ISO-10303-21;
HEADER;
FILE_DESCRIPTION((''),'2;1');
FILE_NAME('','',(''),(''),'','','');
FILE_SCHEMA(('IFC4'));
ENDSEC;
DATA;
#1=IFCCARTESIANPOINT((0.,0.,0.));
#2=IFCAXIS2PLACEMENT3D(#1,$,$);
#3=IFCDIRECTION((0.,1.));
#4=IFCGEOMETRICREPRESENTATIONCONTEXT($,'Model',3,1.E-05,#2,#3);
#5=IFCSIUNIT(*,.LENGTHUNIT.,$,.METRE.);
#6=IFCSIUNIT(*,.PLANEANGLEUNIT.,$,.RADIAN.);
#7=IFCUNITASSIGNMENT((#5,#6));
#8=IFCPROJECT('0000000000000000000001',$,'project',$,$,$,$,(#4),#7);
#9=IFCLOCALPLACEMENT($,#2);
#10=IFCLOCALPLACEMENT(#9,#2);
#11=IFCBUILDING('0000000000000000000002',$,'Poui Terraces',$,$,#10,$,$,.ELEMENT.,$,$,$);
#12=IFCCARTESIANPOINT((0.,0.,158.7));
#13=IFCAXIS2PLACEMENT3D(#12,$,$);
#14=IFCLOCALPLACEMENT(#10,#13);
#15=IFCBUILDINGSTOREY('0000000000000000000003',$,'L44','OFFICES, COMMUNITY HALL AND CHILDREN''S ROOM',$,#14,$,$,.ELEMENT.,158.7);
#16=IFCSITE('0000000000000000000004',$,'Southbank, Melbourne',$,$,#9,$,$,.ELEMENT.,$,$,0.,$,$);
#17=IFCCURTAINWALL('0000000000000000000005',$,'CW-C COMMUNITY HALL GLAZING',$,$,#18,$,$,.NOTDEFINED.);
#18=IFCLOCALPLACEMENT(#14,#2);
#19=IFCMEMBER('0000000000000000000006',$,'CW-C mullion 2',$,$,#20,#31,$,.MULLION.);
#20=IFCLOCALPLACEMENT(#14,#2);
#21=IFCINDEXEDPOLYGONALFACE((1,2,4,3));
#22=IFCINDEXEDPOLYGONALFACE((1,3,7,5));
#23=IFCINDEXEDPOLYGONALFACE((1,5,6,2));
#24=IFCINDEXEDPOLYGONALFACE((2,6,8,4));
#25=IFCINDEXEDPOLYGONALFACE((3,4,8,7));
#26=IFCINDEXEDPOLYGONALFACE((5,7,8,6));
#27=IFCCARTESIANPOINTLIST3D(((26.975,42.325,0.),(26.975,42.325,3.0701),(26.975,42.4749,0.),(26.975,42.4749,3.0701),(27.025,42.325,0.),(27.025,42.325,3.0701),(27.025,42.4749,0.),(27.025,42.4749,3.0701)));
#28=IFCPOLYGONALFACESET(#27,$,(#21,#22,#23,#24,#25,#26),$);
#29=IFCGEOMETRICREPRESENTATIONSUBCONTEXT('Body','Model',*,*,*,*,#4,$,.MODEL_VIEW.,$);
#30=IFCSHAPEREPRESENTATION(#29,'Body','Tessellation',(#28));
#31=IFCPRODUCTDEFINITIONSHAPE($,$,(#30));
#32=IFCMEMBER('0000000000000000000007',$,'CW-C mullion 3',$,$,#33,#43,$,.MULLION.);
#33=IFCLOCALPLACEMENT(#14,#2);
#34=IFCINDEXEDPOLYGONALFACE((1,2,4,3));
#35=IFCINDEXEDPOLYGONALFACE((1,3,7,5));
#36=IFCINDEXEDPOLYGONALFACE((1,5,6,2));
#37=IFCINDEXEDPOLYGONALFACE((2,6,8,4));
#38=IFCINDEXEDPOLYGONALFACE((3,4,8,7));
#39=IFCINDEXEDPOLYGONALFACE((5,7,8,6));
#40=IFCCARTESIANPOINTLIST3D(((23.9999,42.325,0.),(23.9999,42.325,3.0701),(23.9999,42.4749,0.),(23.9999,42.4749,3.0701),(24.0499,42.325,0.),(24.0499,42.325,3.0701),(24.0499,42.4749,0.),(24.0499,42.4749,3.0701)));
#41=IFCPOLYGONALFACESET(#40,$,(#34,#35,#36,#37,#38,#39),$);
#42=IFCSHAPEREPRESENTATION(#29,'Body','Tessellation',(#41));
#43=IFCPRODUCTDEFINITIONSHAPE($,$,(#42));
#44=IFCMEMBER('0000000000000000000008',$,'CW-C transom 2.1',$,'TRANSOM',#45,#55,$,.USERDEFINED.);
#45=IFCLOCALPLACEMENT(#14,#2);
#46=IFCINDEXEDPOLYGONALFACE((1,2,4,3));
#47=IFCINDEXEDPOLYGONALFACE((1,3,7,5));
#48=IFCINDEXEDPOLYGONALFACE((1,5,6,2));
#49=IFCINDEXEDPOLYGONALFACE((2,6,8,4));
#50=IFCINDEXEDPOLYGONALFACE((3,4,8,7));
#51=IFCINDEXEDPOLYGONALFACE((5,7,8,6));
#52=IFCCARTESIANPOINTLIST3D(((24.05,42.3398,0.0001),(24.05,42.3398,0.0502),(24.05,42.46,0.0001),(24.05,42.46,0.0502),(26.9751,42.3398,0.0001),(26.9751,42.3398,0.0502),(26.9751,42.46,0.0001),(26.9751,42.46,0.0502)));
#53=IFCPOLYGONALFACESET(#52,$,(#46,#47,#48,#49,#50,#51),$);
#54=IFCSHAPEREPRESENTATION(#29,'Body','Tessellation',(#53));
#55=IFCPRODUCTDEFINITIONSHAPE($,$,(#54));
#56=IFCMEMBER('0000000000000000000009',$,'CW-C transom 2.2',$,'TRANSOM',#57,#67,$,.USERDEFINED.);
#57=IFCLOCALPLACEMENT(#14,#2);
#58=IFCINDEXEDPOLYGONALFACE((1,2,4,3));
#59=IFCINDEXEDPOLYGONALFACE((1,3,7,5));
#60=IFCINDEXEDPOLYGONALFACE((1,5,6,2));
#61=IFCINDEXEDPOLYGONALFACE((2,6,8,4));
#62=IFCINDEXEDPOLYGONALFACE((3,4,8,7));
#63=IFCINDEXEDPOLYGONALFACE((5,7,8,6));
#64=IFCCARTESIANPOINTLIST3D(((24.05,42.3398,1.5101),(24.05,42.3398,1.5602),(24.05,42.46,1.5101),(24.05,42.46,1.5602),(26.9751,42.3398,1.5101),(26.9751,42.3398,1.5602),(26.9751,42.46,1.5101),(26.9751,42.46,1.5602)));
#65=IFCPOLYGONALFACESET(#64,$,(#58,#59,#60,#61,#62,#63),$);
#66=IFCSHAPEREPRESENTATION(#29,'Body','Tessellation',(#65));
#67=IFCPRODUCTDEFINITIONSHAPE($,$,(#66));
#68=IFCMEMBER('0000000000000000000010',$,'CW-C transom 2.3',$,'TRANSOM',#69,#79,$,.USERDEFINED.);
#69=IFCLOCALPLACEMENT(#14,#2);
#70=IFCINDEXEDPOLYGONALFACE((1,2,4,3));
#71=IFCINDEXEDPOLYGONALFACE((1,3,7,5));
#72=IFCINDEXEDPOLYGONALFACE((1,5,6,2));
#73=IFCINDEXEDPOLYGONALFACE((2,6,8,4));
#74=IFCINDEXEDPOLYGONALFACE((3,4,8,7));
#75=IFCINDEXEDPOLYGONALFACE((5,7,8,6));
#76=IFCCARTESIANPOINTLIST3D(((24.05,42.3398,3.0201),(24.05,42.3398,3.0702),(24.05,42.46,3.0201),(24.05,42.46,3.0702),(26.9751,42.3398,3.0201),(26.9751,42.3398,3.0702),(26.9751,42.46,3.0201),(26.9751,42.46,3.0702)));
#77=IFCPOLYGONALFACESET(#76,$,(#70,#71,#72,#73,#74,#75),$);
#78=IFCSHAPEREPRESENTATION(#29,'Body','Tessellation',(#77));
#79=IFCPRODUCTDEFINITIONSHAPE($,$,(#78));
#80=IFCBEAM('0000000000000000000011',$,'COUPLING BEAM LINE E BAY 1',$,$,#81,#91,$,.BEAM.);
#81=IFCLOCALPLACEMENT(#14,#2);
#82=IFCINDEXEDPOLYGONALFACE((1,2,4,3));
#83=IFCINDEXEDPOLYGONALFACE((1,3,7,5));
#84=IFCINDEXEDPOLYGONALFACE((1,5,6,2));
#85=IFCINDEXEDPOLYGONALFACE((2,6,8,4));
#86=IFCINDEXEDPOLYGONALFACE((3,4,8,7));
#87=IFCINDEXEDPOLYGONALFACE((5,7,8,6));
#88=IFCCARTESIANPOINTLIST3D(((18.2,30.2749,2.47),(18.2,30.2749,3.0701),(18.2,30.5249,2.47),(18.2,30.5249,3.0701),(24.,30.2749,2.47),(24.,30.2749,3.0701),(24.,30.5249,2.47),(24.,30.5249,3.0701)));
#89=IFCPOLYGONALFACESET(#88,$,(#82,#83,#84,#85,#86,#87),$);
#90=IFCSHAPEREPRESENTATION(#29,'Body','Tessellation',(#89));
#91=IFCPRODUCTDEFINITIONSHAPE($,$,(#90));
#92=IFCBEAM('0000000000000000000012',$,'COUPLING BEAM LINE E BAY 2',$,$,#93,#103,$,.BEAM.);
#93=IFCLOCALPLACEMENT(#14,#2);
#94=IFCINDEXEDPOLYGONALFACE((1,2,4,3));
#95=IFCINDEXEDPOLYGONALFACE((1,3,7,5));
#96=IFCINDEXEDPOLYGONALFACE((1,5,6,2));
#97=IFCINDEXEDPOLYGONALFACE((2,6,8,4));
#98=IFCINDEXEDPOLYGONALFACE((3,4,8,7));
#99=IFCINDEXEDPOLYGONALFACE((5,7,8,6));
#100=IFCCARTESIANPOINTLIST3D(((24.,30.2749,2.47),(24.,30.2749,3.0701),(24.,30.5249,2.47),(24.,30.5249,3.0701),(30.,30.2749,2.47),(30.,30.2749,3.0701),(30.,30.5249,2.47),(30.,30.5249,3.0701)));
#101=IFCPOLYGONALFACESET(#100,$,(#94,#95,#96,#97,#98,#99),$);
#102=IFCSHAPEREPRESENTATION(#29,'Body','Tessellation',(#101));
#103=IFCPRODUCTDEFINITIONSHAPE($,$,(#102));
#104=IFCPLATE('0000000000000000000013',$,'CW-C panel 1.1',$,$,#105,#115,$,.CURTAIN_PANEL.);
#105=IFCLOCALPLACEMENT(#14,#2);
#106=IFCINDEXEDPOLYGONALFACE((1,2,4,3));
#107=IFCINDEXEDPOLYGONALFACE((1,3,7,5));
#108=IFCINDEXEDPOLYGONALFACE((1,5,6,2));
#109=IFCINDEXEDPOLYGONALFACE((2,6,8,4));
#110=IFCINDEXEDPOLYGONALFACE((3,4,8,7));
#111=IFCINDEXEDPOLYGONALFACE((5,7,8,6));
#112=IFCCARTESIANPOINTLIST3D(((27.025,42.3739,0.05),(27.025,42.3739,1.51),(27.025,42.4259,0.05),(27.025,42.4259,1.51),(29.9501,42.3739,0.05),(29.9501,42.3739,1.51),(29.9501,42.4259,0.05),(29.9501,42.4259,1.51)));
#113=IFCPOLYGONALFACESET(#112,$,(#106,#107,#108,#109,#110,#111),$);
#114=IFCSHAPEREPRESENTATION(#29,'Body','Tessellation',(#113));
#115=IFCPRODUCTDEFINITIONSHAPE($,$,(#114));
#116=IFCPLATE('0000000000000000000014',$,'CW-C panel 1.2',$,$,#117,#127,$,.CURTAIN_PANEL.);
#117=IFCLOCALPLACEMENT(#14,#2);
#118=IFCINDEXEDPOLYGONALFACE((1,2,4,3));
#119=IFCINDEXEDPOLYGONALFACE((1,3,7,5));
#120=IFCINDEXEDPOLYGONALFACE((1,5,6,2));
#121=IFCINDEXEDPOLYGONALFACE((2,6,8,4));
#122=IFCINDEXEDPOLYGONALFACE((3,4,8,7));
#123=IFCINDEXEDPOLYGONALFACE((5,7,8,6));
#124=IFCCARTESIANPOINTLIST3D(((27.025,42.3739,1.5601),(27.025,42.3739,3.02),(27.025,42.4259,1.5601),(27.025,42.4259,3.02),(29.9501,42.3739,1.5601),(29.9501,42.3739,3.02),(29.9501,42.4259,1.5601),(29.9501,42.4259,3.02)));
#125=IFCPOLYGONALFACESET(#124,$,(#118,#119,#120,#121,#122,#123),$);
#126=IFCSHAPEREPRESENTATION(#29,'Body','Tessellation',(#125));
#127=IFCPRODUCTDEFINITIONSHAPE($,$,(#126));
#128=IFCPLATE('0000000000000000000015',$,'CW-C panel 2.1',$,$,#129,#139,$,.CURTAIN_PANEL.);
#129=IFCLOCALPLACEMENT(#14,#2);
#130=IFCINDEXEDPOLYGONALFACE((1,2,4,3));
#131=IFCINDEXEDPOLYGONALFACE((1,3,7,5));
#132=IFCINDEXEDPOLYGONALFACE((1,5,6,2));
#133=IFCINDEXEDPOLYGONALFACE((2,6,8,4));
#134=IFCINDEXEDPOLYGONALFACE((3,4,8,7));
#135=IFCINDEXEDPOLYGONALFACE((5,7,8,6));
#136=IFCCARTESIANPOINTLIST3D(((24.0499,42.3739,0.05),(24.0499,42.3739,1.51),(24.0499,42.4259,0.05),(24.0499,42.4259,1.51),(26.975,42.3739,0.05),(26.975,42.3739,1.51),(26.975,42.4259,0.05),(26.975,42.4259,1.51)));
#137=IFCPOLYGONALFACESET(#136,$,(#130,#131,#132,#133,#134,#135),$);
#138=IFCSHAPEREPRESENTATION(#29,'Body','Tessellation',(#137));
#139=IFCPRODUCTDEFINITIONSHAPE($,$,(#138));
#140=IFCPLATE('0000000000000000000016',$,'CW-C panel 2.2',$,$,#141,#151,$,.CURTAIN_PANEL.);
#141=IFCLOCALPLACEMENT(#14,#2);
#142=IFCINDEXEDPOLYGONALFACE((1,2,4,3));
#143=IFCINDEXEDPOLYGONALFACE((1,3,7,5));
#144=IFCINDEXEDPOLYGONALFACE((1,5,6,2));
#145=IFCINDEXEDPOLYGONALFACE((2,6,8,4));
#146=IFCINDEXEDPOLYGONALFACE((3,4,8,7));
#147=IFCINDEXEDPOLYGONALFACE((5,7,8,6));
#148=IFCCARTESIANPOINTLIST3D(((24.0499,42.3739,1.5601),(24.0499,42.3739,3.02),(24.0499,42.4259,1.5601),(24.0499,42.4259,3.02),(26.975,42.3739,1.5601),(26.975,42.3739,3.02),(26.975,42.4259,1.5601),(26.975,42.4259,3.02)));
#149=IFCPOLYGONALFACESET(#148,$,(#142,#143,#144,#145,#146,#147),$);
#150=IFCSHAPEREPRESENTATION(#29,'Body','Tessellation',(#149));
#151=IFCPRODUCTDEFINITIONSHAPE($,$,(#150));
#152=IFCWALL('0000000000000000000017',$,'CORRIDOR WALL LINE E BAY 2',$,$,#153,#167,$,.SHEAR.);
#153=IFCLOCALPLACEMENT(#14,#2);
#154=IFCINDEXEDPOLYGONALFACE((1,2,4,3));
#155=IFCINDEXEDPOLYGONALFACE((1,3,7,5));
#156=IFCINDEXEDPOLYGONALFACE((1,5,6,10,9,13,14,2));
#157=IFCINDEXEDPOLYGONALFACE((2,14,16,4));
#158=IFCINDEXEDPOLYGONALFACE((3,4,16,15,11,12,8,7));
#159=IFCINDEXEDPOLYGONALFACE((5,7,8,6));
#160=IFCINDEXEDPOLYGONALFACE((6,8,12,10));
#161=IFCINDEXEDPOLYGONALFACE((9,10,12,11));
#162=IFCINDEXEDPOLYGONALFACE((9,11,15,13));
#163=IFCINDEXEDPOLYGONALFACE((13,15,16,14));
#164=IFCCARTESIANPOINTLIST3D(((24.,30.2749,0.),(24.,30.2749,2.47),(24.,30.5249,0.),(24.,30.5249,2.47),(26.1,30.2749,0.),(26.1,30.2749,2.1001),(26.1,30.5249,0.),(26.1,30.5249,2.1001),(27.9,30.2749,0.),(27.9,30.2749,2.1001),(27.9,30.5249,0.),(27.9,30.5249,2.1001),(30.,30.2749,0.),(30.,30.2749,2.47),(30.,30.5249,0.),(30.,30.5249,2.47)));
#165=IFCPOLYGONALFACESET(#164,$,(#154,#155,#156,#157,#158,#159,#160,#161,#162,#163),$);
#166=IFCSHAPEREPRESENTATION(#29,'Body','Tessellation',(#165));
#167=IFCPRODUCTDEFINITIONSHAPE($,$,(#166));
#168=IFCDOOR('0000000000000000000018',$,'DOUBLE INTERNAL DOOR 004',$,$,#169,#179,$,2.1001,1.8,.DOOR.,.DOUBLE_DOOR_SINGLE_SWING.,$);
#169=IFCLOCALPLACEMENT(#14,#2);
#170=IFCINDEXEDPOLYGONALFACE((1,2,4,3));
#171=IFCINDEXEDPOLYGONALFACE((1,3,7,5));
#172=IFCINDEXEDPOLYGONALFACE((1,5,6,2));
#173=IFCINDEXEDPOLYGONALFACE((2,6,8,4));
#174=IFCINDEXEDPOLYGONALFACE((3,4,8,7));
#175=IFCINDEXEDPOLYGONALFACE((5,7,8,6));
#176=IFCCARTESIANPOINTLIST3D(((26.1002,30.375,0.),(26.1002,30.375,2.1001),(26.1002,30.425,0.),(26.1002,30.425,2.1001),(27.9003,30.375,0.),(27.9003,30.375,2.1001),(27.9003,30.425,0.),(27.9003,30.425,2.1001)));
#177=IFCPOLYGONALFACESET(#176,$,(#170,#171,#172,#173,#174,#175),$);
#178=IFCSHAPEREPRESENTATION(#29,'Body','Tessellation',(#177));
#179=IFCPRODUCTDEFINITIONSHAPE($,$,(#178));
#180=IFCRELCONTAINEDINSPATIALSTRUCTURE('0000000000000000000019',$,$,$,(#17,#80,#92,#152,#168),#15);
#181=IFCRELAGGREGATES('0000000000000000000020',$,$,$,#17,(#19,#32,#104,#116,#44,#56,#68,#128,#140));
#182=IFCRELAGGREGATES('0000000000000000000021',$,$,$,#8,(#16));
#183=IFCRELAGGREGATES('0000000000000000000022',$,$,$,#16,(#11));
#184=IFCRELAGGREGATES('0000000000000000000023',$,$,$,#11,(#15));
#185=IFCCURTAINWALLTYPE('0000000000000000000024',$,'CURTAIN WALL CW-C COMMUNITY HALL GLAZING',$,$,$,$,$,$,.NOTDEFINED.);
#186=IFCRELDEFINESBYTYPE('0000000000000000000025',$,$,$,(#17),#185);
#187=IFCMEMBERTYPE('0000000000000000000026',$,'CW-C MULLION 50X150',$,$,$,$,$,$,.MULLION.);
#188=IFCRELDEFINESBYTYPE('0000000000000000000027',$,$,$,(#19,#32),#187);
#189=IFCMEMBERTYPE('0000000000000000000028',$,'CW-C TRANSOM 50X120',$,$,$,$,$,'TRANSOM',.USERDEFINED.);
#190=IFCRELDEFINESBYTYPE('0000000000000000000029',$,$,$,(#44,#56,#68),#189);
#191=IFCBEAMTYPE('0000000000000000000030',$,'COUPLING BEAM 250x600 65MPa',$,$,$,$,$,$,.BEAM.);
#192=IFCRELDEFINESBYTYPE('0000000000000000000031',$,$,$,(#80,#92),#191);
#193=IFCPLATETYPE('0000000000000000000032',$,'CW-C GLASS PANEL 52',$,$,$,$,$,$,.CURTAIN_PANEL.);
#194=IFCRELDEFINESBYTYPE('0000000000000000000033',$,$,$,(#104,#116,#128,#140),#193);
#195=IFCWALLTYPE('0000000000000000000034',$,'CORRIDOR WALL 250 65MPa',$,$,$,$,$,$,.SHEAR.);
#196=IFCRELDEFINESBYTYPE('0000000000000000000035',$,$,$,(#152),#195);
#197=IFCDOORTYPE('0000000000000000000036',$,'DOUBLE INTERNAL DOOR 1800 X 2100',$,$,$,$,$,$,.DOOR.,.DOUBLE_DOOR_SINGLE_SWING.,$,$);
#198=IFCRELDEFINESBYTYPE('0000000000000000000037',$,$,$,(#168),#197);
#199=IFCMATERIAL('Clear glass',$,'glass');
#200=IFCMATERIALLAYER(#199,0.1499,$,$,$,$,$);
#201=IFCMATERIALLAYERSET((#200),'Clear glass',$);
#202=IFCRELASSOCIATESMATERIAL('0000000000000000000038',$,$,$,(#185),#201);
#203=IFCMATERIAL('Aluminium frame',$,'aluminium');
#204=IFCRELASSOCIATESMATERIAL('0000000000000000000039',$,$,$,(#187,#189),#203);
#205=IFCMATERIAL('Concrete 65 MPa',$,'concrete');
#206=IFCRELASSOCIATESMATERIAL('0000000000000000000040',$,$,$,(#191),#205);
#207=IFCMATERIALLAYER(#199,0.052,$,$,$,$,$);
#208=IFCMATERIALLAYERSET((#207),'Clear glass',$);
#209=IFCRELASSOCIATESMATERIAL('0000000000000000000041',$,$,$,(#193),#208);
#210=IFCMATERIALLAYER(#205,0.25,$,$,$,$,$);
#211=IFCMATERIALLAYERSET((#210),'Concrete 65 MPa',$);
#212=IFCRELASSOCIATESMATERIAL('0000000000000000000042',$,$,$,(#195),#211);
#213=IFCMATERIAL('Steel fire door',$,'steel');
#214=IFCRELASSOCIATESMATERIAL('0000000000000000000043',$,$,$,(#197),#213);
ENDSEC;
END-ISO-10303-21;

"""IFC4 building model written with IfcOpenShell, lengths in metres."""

from ifc_helpers import new_model, si_unit, direction, frame, frame_2d, origin, origin_2d, place, context, subcontext, project, spatial, rectangle, extrude, source, transform, mapped, material, layer, layer_set, material_profile, profile_set, type_object, element, fill, aggregate, save


model = new_model("IFC4")

# Units and contexts
model_context = context("Model", 3, precision=1e-05, world=origin(), true_north=direction((0.0, 1.0)))
body_context = subcontext(model_context, "Body", "Model", "MODEL_VIEW")
ifc_project = project(units=[si_unit("LENGTHUNIT", "METRE"), si_unit("PLANEANGLEUNIT", "RADIAN")], contexts=[model_context])

# Site, building, storey
site_placement = place(None, origin())
site = spatial("IfcSite", under=ifc_project, at=site_placement, Name="Southbank, Melbourne", CompositionType="ELEMENT", RefElevation=0.0)
building_placement = place(site_placement, origin())
building = spatial("IfcBuilding", under=site, at=building_placement, Name="Poui Terraces", CompositionType="ELEMENT")
storey_placement = place(building_placement, frame((0.0, 0.0, 158.7)))
storey = spatial("IfcBuildingStorey", under=building, at=storey_placement, Name="L44", Description="OFFICES, COMMUNITY HALL AND CHILDREN'S ROOM", CompositionType="ELEMENT", Elevation=158.7)

# Curtain wall, members
ifc_material_1 = material(Name="Clear glass", Category="glass")
ifc_layer_1 = layer(ifc_material_1, 0.1499)
ifc_layer_set_1 = layer_set([ifc_layer_1], Name="Clear glass")
curtain_wall_type = type_object("IfcCurtainWallType", Name="CURTAIN WALL CW-C COMMUNITY HALL GLAZING", PredefinedType="NOTDEFINED", material=ifc_layer_set_1)
curtain_wall_placement = place(storey_placement, origin())
curtain_wall = element("IfcCurtainWall", 1, at=curtain_wall_placement, inside=storey, type_object=curtain_wall_type, Name="CW-C COMMUNITY HALL GLAZING", PredefinedType="NOTDEFINED")
ifc_material_2 = material(Name="Aluminium frame", Category="aluminium")
ifc_material_profile_1 = material_profile(ifc_material_2, rectangle(XDim=0.1499, YDim=0.05, at=origin_2d()), Name="CW-C MULLION 50X150")
ifc_profile_set_1 = profile_set([ifc_material_profile_1], Name="Aluminium frame")
member_type_1 = type_object("IfcMemberType", Name="CW-C MULLION 50X150", PredefinedType="MULLION", material=ifc_profile_set_1)
member_1_placement = place(storey_placement, frame((27.0, 42.3999, 0.0), z_axis=(0.0, 0.0, 1.0), x_axis=(0.0, -1.0, 0.0)))
member_1 = element("IfcMember", 2, at=member_1_placement, type_object=member_type_1, Name="CW-C mullion 2", PredefinedType="MULLION", context=body_context, shape_type="SweptSolid", body=[
    extrude(rectangle(XDim=0.1499, YDim=0.05, at=origin_2d()), origin(), (0.0, 0.0, 1.0), 3.0701),
])
member_2_placement = place(storey_placement, frame((24.0249, 42.3999, 0.0), z_axis=(0.0, 0.0, 1.0), x_axis=(0.0, -1.0, 0.0)))
member_2 = element("IfcMember", 3, at=member_2_placement, type_object=member_type_1, Name="CW-C mullion 3", PredefinedType="MULLION", context=body_context, shape_type="SweptSolid", body=[
    extrude(rectangle(XDim=0.1499, YDim=0.05, at=origin_2d()), origin(), (0.0, 0.0, 1.0), 3.0701),
])
ifc_material_profile_2 = material_profile(ifc_material_2, rectangle(XDim=0.1201, YDim=0.05, at=origin_2d()), Name="CW-C TRANSOM 50X120")
ifc_profile_set_2 = profile_set([ifc_material_profile_2], Name="Aluminium frame")
member_type_2 = type_object("IfcMemberType", Name="CW-C TRANSOM 50X120", ElementType="TRANSOM", PredefinedType="USERDEFINED", material=ifc_profile_set_2)
member_3_placement = place(storey_placement, frame((26.9751, 42.3999, 0.0251), z_axis=(-1.0, 0.0, 0.0), x_axis=(0.0, -1.0, 0.0)))
member_3 = element("IfcMember", 4, at=member_3_placement, type_object=member_type_2, Name="CW-C transom 2.1", ObjectType="TRANSOM", PredefinedType="USERDEFINED", context=body_context, shape_type="SweptSolid", body=[
    extrude(rectangle(XDim=0.1201, YDim=0.05, at=origin_2d()), origin(), (0.0, 0.0, 1.0), 2.925),
])
member_4_placement = place(storey_placement, frame((26.9751, 42.3999, 1.5352), z_axis=(-1.0, 0.0, 0.0), x_axis=(0.0, -1.0, 0.0)))
member_4 = element("IfcMember", 5, at=member_4_placement, type_object=member_type_2, Name="CW-C transom 2.2", ObjectType="TRANSOM", PredefinedType="USERDEFINED", context=body_context, shape_type="SweptSolid", body=[
    extrude(rectangle(XDim=0.1201, YDim=0.05, at=origin_2d()), origin(), (0.0, 0.0, 1.0), 2.925),
])
member_5_placement = place(storey_placement, frame((26.9751, 42.3999, 3.0452), z_axis=(-1.0, 0.0, 0.0), x_axis=(0.0, -1.0, 0.0)))
member_5 = element("IfcMember", 6, at=member_5_placement, type_object=member_type_2, Name="CW-C transom 2.3", ObjectType="TRANSOM", PredefinedType="USERDEFINED", context=body_context, shape_type="SweptSolid", body=[
    extrude(rectangle(XDim=0.1201, YDim=0.05, at=origin_2d()), origin(), (0.0, 0.0, 1.0), 2.925),
])

# Beams
ifc_material_3 = material(Name="Concrete 65 MPa", Category="concrete")
ifc_material_profile_3 = material_profile(ifc_material_3, rectangle(XDim=0.25, YDim=0.6001, at=origin_2d()), Name="RC 250x600")
ifc_profile_set_3 = profile_set([ifc_material_profile_3], Name="Concrete 65 MPa")
beam_type = type_object("IfcBeamType", Name="COUPLING BEAM 250x600 65MPa", PredefinedType="BEAM", material=ifc_profile_set_3)
shared_shape_1 = source(origin(), body_context, "Body", "SweptSolid", [
    extrude(rectangle(XDim=0.25, YDim=0.6001, at=origin_2d()), origin(), (0.0, 0.0, 1.0), 5.8),
])
beam_1_placement = place(storey_placement, frame((18.2, 30.3999, 2.77), z_axis=(1.0, 0.0, 0.0), x_axis=(0.0, 1.0, 0.0)))
element("IfcBeam", 7, at=beam_1_placement, inside=storey, type_object=beam_type, Name="COUPLING BEAM LINE E BAY 1", PredefinedType="BEAM", context=body_context, shape_type="MappedRepresentation", body=[
    mapped(shared_shape_1, transform((0.0, 0.0, 0.0))),
])
shared_shape_2 = source(origin(), body_context, "Body", "SweptSolid", [
    extrude(rectangle(XDim=0.25, YDim=0.6001, at=origin_2d()), origin(), (0.0, 0.0, 1.0), 6.0),
])
beam_2_placement = place(storey_placement, frame((24.0, 30.3999, 2.77), z_axis=(1.0, 0.0, 0.0), x_axis=(0.0, 1.0, 0.0)))
element("IfcBeam", 8, at=beam_2_placement, inside=storey, type_object=beam_type, Name="COUPLING BEAM LINE E BAY 2", PredefinedType="BEAM", context=body_context, shape_type="MappedRepresentation", body=[
    mapped(shared_shape_2, transform((0.0, 0.0, 0.0))),
])

# Plates
ifc_layer_2 = layer(ifc_material_1, 0.052)
ifc_layer_set_2 = layer_set([ifc_layer_2], Name="Clear glass")
plate_type = type_object("IfcPlateType", Name="CW-C GLASS PANEL 52", PredefinedType="CURTAIN_PANEL", material=ifc_layer_set_2)
plate_1_placement = place(storey_placement, frame((28.4875, 42.3999, 0.05), z_axis=(0.0, 0.0, 1.0), x_axis=(-1.0, 0.0, 0.0)))
plate_1 = element("IfcPlate", 9, at=plate_1_placement, type_object=plate_type, Name="CW-C panel 1.1", PredefinedType="CURTAIN_PANEL", context=body_context, shape_type="SweptSolid", body=[
    extrude(rectangle(XDim=2.925, YDim=0.052, at=origin_2d()), origin(), (0.0, 0.0, 1.0), 1.46),
])
plate_2_placement = place(storey_placement, frame((28.4875, 42.3999, 1.5601), z_axis=(0.0, 0.0, 1.0), x_axis=(-1.0, 0.0, 0.0)))
plate_2 = element("IfcPlate", 10, at=plate_2_placement, type_object=plate_type, Name="CW-C panel 1.2", PredefinedType="CURTAIN_PANEL", context=body_context, shape_type="SweptSolid", body=[
    extrude(rectangle(XDim=2.925, YDim=0.052, at=origin_2d()), origin(), (0.0, 0.0, 1.0), 1.46),
])
plate_3_placement = place(storey_placement, frame((25.5125, 42.3999, 0.05), z_axis=(0.0, 0.0, 1.0), x_axis=(-1.0, 0.0, 0.0)))
plate_3 = element("IfcPlate", 11, at=plate_3_placement, type_object=plate_type, Name="CW-C panel 2.1", PredefinedType="CURTAIN_PANEL", context=body_context, shape_type="SweptSolid", body=[
    extrude(rectangle(XDim=2.925, YDim=0.052, at=origin_2d()), origin(), (0.0, 0.0, 1.0), 1.46),
])
plate_4_placement = place(storey_placement, frame((25.5125, 42.3999, 1.5601), z_axis=(0.0, 0.0, 1.0), x_axis=(-1.0, 0.0, 0.0)))
plate_4 = element("IfcPlate", 12, at=plate_4_placement, type_object=plate_type, Name="CW-C panel 2.2", PredefinedType="CURTAIN_PANEL", context=body_context, shape_type="SweptSolid", body=[
    extrude(rectangle(XDim=2.925, YDim=0.052, at=origin_2d()), origin(), (0.0, 0.0, 1.0), 1.46),
])
aggregate(curtain_wall, [member_1, member_2, plate_1, plate_2, member_3, member_4, member_5, plate_3, plate_4])

# Wall, opening, door
ifc_layer_3 = layer(ifc_material_3, 0.25)
ifc_layer_set_3 = layer_set([ifc_layer_3], Name="Concrete 65 MPa")
wall_type_1 = type_object("IfcWallType", Name="CORRIDOR WALL 250 65MPa", PredefinedType="SHEAR", material=ifc_layer_set_3)
wall_1_placement = place(storey_placement, frame((24.0, 30.3999, 0.0), z_axis=(0.0, 0.0, 1.0), x_axis=(1.0, 0.0, 0.0)))
wall_1 = element("IfcWall", 13, at=wall_1_placement, inside=storey, type_object=wall_type_1, Name="CORRIDOR WALL LINE E BAY 2", PredefinedType="SHEAR", context=body_context, shape_type="SweptSolid", body=[
    extrude(rectangle(XDim=6.0, YDim=0.25, at=frame_2d((3.0, 0.0))), origin(), (0.0, 0.0, 1.0), 2.47),
])
opening_1_placement = place(wall_1_placement, frame((2.1001, 0.0, 0.0)))
opening_1 = element("IfcOpeningElement", 14, at=opening_1_placement, cuts=wall_1, PredefinedType="OPENING", context=body_context, shape_type="SweptSolid", body=[
    extrude(rectangle(XDim=1.8, YDim=2.1001, at=frame_2d((0.8999, 1.05))), frame((0.0, 0.135, 0.0), z_axis=(0.0, -1.0, 0.0), x_axis=(1.0, 0.0, 0.0)), (0.0, 0.0, 1.0), 0.27),
])
ifc_material_4 = material(Name="Steel fire door", Category="steel")
door_type = type_object("IfcDoorType", Name="DOUBLE INTERNAL DOOR 1800 X 2100", OperationType="DOUBLE_DOOR_SINGLE_SWING", PredefinedType="DOOR", material=ifc_material_4)
door_1_placement = place(opening_1_placement, frame((1.8, 0.0, 0.0), z_axis=(0.0, 0.0, 1.0), x_axis=(-1.0, 0.0, 0.0)))
door_1 = element("IfcDoor", 15, at=door_1_placement, inside=storey, type_object=door_type, Name="DOUBLE INTERNAL DOOR 004", OperationType="DOUBLE_DOOR_SINGLE_SWING", OverallHeight=2.1001, OverallWidth=1.8, PredefinedType="DOOR", context=body_context, shape_type="SweptSolid", body=[
    extrude(rectangle(XDim=1.8, YDim=2.1001, at=frame_2d((0.8999, 1.05))), frame((0.0, 0.0249, 0.0), z_axis=(0.0, -1.0, 0.0), x_axis=(1.0, 0.0, 0.0)), (0.0, 0.0, 1.0), 0.05),
])
fill(opening_1, door_1)

save(model, "model.ifc")
